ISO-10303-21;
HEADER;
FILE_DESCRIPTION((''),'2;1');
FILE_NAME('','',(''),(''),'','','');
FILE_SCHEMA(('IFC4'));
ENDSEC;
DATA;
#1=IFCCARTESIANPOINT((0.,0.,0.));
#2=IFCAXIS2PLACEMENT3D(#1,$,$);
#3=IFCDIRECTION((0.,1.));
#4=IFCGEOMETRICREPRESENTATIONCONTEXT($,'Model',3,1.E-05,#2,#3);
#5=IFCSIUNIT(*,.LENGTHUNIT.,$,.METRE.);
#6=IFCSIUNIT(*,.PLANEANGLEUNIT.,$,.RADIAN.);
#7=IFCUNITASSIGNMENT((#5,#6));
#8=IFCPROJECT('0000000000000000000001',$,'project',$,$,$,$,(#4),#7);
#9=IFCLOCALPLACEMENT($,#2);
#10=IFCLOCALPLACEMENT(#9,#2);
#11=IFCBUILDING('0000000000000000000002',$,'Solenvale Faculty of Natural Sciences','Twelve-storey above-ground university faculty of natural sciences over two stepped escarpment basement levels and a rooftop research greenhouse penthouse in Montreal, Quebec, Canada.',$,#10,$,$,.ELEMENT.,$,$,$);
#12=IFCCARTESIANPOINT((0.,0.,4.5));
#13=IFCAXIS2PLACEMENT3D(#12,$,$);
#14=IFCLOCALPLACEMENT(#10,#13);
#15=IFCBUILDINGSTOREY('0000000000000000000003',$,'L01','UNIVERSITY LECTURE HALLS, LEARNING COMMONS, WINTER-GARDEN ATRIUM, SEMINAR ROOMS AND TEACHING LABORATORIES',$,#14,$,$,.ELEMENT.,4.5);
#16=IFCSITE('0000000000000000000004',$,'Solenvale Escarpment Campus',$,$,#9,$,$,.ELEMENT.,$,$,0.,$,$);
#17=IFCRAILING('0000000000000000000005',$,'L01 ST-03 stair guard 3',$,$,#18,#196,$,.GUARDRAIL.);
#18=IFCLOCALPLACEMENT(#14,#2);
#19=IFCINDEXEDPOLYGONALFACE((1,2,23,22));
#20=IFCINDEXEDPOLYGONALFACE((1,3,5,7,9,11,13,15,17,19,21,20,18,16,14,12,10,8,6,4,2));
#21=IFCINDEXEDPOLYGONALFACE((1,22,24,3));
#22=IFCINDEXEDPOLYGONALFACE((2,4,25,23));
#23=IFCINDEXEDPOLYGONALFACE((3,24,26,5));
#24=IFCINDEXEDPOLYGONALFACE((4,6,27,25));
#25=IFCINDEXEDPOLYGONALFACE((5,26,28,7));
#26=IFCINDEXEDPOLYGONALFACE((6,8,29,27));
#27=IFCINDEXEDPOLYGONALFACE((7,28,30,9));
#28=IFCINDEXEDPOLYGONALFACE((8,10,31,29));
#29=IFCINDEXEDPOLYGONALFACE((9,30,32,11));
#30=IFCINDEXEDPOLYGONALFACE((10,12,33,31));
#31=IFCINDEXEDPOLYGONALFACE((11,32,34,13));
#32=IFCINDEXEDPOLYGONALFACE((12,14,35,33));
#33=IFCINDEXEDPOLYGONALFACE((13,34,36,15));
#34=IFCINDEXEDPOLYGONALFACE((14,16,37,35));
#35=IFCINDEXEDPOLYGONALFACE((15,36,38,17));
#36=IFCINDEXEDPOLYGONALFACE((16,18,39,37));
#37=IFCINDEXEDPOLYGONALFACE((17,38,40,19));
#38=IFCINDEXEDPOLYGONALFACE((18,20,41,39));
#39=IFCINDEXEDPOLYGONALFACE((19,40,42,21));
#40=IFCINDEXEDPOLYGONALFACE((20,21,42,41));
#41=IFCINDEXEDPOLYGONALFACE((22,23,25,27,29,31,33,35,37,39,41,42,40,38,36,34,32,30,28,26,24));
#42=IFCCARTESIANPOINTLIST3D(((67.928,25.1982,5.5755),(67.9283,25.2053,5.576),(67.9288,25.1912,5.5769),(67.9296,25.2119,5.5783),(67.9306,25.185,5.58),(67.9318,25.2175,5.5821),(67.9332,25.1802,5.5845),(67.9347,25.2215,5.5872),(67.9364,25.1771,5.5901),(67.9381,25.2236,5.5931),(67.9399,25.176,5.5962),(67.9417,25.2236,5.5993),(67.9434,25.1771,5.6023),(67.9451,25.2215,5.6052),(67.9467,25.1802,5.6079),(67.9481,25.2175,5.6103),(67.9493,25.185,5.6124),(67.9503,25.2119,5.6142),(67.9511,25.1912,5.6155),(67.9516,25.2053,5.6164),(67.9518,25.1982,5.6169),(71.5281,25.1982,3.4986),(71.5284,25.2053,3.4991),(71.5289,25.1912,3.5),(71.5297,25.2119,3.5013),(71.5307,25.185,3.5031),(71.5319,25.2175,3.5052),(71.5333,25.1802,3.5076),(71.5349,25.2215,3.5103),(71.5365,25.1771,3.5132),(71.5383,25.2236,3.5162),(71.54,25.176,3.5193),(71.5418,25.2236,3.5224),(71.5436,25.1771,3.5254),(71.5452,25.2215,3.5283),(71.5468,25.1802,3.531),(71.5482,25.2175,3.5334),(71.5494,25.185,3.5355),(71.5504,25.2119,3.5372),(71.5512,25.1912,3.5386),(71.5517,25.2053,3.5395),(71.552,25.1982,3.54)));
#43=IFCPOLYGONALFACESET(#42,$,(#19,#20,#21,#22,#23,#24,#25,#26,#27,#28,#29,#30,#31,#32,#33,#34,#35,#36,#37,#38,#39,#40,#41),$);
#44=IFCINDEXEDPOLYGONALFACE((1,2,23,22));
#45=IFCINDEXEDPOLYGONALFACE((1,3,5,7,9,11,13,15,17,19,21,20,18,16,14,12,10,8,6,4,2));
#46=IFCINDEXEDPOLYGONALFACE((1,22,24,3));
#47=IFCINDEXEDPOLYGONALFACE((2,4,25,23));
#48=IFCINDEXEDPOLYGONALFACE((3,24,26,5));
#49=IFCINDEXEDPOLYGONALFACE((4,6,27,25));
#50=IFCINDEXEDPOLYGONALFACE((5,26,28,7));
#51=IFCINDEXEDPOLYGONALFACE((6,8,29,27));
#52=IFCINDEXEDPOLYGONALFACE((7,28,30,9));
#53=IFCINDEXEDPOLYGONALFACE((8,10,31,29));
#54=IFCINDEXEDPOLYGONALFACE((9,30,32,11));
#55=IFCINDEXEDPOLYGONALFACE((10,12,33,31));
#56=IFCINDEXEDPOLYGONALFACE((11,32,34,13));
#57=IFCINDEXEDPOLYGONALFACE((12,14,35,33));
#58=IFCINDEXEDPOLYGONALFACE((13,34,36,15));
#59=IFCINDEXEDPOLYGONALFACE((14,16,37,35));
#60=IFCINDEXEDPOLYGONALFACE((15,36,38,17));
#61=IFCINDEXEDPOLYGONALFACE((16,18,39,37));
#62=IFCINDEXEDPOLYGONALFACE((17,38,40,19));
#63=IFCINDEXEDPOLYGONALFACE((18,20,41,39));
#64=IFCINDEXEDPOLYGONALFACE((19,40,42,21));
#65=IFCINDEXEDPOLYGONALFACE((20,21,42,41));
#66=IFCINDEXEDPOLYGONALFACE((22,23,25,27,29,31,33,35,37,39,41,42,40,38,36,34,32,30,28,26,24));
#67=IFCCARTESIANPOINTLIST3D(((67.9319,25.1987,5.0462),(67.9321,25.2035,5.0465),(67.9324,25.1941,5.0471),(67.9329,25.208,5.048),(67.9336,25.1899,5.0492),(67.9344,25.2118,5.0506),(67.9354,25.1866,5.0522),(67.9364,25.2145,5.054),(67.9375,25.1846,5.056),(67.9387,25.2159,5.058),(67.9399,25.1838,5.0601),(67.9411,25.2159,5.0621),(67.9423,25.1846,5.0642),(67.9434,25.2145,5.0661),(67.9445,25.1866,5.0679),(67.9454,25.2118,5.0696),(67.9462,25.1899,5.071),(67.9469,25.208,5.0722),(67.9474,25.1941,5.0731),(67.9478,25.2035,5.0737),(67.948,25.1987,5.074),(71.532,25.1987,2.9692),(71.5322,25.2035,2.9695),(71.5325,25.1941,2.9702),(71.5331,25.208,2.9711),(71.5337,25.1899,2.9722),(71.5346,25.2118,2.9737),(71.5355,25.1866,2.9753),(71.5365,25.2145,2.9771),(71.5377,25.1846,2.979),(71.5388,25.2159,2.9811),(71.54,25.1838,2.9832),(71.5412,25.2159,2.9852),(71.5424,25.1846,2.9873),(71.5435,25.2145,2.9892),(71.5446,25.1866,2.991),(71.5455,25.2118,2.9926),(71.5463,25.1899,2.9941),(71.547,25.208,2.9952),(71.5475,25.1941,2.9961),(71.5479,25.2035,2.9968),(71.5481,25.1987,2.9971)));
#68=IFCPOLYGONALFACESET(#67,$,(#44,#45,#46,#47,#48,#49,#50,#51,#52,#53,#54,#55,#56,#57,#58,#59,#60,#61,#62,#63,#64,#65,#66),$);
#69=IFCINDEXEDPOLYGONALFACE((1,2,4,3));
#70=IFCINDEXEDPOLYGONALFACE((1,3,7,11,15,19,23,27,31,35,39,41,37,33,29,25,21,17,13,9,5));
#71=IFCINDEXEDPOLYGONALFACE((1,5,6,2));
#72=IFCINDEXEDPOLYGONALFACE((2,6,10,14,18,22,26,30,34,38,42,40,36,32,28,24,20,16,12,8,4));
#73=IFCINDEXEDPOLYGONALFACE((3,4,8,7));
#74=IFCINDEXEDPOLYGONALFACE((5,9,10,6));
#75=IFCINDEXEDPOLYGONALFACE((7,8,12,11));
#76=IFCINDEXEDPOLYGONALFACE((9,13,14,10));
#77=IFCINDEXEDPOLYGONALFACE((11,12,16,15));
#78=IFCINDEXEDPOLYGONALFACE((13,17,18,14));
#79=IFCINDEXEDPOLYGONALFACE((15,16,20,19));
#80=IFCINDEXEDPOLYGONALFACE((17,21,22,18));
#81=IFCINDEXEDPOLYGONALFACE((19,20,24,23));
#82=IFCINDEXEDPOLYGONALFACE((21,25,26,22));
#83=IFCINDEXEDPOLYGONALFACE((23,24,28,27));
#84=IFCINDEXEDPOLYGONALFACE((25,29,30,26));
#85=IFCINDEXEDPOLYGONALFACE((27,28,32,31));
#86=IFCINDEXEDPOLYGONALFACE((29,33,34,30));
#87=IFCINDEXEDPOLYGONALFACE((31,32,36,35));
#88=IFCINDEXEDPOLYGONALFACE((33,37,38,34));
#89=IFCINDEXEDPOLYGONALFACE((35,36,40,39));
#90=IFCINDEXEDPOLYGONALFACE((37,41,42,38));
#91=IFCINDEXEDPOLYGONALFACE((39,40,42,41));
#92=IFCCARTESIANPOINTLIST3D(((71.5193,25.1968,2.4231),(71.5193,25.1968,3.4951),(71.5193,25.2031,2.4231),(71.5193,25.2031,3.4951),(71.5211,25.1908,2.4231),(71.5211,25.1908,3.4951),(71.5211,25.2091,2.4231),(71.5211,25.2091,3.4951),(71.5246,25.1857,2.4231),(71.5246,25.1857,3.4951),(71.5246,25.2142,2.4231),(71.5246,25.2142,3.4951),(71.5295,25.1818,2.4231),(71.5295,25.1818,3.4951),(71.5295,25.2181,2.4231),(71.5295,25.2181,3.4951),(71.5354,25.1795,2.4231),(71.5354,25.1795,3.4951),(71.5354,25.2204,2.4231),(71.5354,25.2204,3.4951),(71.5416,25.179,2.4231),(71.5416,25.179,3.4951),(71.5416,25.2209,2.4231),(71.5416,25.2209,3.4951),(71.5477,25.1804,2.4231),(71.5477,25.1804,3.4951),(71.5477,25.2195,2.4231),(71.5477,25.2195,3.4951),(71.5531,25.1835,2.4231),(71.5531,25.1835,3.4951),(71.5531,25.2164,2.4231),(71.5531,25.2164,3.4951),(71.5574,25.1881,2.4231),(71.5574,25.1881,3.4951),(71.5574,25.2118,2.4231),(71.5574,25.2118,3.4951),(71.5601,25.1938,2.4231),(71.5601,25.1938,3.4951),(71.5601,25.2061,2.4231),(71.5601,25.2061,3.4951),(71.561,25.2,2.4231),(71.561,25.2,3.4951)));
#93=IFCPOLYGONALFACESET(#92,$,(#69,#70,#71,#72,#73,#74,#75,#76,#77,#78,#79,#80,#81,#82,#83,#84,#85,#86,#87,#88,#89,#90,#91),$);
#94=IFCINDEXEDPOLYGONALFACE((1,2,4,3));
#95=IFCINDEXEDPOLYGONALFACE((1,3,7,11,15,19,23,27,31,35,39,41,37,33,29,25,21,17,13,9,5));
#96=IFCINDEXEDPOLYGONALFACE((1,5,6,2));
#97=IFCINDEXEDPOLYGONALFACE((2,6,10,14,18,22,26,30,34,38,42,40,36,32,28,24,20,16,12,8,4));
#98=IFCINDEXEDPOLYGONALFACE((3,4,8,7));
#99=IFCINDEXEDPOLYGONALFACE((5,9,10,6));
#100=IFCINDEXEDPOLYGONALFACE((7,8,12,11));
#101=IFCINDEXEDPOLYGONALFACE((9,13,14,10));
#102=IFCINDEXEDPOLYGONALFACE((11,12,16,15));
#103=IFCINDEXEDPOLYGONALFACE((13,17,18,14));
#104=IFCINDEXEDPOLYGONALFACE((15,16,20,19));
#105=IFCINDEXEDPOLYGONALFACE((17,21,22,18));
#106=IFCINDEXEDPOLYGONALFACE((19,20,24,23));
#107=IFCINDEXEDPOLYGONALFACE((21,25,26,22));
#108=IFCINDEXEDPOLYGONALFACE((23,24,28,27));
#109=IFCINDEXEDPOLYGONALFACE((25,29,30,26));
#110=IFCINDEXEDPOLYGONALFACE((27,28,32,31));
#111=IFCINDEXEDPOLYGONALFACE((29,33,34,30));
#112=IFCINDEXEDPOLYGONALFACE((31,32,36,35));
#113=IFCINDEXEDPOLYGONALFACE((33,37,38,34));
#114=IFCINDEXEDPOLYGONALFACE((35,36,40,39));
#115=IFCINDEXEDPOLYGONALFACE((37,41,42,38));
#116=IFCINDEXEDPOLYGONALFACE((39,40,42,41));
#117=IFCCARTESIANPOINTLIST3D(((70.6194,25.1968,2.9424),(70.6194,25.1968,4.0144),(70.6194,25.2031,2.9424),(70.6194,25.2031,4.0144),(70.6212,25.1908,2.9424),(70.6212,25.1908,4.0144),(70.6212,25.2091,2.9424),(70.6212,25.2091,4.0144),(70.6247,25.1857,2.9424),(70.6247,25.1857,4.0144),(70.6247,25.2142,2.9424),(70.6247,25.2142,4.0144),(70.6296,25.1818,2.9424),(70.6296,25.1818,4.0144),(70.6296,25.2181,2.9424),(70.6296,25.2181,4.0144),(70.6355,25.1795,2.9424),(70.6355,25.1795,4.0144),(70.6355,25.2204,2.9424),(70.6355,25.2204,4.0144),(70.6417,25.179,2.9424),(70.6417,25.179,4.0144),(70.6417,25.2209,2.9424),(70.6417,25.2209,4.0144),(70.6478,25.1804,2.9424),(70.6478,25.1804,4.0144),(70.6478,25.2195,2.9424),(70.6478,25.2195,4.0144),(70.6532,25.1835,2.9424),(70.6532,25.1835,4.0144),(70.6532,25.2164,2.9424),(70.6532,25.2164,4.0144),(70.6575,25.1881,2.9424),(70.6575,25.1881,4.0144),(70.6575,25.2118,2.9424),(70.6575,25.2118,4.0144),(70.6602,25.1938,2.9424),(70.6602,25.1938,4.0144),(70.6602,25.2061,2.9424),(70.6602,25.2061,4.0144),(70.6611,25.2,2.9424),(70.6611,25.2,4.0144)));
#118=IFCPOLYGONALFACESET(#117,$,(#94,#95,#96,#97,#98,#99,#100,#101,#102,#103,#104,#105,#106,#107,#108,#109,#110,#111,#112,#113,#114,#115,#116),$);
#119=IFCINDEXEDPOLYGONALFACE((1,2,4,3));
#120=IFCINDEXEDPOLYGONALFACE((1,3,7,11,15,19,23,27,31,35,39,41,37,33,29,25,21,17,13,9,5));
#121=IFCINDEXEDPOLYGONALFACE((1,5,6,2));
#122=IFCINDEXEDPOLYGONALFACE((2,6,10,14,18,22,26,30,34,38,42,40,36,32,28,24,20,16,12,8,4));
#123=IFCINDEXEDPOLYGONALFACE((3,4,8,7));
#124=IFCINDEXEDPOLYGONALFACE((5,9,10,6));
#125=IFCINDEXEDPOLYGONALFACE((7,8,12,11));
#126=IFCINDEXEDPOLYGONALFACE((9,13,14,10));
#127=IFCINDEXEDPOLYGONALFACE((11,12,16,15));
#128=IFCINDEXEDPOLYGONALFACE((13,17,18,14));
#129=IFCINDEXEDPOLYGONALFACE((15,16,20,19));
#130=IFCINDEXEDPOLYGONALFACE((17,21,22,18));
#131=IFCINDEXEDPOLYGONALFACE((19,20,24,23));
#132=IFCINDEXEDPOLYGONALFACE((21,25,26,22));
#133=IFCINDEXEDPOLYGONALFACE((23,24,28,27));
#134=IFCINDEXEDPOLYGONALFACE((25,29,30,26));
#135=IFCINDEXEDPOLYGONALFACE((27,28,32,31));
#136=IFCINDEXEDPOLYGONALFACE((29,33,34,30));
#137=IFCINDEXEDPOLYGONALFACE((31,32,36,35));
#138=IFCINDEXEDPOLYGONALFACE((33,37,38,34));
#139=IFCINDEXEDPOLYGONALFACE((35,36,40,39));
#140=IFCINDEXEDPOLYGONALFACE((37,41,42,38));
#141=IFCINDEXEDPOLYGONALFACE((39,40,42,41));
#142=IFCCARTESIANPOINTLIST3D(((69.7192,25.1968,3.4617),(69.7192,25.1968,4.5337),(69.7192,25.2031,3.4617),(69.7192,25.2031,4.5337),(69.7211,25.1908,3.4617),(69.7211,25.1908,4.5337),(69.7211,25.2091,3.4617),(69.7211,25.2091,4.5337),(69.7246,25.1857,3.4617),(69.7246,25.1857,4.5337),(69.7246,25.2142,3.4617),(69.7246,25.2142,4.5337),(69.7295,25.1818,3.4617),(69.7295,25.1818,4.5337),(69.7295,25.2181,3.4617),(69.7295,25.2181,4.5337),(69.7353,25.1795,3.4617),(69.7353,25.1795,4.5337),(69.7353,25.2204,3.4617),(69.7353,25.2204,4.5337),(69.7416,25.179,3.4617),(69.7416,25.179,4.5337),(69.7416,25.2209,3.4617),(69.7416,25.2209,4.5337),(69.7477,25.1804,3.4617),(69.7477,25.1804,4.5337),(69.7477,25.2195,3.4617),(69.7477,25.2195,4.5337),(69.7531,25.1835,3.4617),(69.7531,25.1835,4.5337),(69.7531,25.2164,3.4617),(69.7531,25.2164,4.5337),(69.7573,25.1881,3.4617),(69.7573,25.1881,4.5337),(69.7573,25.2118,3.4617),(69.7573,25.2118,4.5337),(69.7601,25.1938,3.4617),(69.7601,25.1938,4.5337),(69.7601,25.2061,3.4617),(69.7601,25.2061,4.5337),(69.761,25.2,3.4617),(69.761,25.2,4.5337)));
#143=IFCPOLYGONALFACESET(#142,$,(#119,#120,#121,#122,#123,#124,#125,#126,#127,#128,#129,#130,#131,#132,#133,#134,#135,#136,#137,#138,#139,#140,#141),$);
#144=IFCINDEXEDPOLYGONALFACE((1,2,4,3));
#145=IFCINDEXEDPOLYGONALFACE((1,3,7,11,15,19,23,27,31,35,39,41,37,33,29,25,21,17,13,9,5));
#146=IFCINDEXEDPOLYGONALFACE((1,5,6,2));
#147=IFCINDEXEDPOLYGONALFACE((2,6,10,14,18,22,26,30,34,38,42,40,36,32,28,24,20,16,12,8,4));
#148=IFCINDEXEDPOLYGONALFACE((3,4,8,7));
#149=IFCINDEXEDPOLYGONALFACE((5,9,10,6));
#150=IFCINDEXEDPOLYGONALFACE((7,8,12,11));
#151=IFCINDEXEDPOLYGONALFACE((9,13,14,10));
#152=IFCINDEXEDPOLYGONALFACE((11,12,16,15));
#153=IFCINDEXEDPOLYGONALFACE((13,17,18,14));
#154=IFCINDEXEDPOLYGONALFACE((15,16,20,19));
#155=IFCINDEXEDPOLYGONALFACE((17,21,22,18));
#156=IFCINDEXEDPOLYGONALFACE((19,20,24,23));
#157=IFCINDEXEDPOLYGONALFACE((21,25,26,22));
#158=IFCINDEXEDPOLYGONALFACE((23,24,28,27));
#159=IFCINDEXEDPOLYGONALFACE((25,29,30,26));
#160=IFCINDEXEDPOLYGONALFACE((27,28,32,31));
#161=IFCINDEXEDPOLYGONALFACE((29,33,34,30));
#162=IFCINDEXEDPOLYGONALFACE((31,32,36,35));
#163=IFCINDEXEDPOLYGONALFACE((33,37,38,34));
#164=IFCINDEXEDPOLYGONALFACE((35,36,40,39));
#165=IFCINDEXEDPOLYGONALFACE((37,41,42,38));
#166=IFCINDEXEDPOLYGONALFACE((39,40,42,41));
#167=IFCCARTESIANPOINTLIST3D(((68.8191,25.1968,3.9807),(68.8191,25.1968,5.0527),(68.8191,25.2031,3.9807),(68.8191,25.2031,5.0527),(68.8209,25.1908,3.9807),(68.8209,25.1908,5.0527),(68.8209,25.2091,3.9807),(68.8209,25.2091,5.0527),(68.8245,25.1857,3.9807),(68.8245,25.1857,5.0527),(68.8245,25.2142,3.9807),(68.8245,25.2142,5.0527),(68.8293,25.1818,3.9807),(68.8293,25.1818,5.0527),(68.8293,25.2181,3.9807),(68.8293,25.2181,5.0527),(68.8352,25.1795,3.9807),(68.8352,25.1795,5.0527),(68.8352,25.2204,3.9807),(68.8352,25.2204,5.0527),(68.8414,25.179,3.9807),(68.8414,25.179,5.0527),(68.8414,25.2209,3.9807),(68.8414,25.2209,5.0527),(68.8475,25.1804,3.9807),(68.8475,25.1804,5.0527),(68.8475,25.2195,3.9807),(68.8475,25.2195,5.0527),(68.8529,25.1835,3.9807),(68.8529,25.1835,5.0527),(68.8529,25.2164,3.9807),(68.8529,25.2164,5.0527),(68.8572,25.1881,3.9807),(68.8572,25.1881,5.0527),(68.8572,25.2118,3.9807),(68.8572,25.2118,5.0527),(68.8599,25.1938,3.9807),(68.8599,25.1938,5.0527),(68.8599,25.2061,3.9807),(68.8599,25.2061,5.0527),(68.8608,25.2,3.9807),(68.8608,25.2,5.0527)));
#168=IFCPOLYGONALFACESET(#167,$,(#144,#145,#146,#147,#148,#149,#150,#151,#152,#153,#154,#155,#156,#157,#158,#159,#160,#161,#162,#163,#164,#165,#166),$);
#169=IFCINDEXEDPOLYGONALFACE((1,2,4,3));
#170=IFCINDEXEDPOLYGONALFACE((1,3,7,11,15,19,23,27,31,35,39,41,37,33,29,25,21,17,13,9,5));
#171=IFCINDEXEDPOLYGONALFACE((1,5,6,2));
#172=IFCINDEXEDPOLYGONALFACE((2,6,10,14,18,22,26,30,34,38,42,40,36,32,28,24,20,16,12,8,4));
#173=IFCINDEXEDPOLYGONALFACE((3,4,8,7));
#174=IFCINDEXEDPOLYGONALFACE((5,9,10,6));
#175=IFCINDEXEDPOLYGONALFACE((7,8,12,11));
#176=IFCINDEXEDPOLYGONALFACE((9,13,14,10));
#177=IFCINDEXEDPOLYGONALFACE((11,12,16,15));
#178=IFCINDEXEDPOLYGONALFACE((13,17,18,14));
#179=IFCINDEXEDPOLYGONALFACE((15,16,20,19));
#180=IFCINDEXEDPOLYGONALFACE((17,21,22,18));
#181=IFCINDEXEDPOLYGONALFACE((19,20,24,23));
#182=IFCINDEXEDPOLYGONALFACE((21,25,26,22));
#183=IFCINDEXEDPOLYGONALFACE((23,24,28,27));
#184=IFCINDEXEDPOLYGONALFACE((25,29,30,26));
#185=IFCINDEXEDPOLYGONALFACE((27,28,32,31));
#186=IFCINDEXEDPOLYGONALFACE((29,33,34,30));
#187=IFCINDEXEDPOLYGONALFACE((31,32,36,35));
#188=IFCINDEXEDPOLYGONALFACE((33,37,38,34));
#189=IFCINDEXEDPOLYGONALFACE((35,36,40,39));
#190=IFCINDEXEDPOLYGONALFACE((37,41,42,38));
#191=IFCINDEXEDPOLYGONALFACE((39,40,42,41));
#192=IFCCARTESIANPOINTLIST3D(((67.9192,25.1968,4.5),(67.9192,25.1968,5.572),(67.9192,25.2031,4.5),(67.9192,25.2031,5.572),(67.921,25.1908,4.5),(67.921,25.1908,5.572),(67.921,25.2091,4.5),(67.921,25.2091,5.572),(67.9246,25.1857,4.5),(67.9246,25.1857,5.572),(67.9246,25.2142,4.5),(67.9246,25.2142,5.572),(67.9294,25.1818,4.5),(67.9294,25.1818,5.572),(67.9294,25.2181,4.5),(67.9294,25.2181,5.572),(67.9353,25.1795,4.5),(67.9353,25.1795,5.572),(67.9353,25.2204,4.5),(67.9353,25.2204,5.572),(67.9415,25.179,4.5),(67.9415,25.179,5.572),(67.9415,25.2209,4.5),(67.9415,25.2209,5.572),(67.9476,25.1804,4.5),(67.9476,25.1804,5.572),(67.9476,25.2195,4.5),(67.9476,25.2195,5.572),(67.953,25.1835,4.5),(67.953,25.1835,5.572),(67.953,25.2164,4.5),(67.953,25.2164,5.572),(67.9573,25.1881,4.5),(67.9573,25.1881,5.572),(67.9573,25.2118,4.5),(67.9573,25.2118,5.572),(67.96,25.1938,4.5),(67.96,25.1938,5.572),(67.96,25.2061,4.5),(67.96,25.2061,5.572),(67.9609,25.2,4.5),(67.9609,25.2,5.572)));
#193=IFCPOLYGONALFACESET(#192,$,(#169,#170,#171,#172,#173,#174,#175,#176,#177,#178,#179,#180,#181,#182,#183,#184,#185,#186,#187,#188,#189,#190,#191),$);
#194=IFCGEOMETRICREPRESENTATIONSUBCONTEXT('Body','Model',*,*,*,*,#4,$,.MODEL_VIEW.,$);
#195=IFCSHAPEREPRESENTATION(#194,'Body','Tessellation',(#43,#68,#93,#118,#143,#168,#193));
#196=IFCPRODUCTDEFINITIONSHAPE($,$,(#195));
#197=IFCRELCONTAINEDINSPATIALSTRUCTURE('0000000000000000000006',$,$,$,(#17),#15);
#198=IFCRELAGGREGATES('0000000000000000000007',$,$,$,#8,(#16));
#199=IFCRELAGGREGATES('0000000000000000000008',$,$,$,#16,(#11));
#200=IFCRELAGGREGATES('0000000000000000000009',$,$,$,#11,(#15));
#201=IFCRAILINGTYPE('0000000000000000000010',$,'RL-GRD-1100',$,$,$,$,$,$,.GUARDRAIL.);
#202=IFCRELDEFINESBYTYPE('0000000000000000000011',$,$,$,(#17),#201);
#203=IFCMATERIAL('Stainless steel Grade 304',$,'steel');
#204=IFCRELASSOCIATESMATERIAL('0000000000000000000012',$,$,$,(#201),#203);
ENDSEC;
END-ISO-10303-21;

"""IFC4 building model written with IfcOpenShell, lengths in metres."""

from ifc_helpers import new_model, si_unit, direction, frame, origin, origin_2d, place, context, subcontext, project, spatial, circle, extrude, material, type_object, element, save


model = new_model("IFC4")

# Units and contexts
model_context = context("Model", 3, precision=1e-05, world=origin(), true_north=direction((0.0, 1.0)))
body_context = subcontext(model_context, "Body", "Model", "MODEL_VIEW")
ifc_project = project(units=[si_unit("LENGTHUNIT", "METRE"), si_unit("PLANEANGLEUNIT", "RADIAN")], contexts=[model_context])

# Site, building, storey
site_placement = place(None, origin())
site = spatial("IfcSite", under=ifc_project, at=site_placement, Name="Solenvale Escarpment Campus", CompositionType="ELEMENT", RefElevation=0.0)
building_placement = place(site_placement, origin())
building = spatial("IfcBuilding", under=site, at=building_placement, Name="Solenvale Faculty of Natural Sciences", Description="Twelve-storey above-ground university faculty of natural sciences over two stepped escarpment basement levels and a rooftop research greenhouse penthouse in Montreal, Quebec, Canada.", CompositionType="ELEMENT")
storey_placement = place(building_placement, frame((0.0, 0.0, 4.5)))
storey = spatial("IfcBuildingStorey", under=building, at=storey_placement, Name="L01", Description="UNIVERSITY LECTURE HALLS, LEARNING COMMONS, WINTER-GARDEN ATRIUM, SEMINAR ROOMS AND TEACHING LABORATORIES", CompositionType="ELEMENT", Elevation=4.5)

# Railing
ifc_material_1 = material(Name="Stainless steel Grade 304", Category="steel")
railing_type_1 = type_object("IfcRailingType", Name="RL-GRD-1100", PredefinedType="GUARDRAIL", material=ifc_material_1)
railing_1_placement = place(storey_placement, frame((71.54, 25.2, 2.4231)))
element("IfcRailing", 1, at=railing_1_placement, inside=storey, type_object=railing_type_1, Name="L01 ST-03 stair guard 3", PredefinedType="GUARDRAIL", context=body_context, shape_type="SweptSolid", body=[
    extrude(circle(Radius=0.0239, at=origin_2d()), frame((0.0, 0.0, 1.0962), z_axis=(-0.866193, 0.0, 0.499709), x_axis=(0.0, -1.0, 0.0)), (0.0, 0.0, 1.0), 4.1562),
    extrude(circle(Radius=0.0161, at=origin_2d()), frame((0.0, 0.0, 0.5601), z_axis=(-0.866193, 0.0, 0.499709), x_axis=(0.0, -1.0, 0.0)), (0.0, 0.0, 1.0), 4.1562),
    extrude(circle(Radius=0.021, at=origin_2d()), origin(), (0.0, 0.0, 1.0), 1.072),
    extrude(circle(Radius=0.021, at=origin_2d()), frame((-0.8999, 0.0, 0.5193)), (0.0, 0.0, 1.0), 1.072),
    extrude(circle(Radius=0.021, at=origin_2d()), frame((-1.8, 0.0, 1.0386)), (0.0, 0.0, 1.0), 1.072),
    extrude(circle(Radius=0.021, at=origin_2d()), frame((-2.7002, 0.0, 1.5576)), (0.0, 0.0, 1.0), 1.072),
    extrude(circle(Radius=0.021, at=origin_2d()), frame((-3.6001, 0.0, 2.0769)), (0.0, 0.0, 1.0), 1.072),
])

save(model, "model.ifc")
